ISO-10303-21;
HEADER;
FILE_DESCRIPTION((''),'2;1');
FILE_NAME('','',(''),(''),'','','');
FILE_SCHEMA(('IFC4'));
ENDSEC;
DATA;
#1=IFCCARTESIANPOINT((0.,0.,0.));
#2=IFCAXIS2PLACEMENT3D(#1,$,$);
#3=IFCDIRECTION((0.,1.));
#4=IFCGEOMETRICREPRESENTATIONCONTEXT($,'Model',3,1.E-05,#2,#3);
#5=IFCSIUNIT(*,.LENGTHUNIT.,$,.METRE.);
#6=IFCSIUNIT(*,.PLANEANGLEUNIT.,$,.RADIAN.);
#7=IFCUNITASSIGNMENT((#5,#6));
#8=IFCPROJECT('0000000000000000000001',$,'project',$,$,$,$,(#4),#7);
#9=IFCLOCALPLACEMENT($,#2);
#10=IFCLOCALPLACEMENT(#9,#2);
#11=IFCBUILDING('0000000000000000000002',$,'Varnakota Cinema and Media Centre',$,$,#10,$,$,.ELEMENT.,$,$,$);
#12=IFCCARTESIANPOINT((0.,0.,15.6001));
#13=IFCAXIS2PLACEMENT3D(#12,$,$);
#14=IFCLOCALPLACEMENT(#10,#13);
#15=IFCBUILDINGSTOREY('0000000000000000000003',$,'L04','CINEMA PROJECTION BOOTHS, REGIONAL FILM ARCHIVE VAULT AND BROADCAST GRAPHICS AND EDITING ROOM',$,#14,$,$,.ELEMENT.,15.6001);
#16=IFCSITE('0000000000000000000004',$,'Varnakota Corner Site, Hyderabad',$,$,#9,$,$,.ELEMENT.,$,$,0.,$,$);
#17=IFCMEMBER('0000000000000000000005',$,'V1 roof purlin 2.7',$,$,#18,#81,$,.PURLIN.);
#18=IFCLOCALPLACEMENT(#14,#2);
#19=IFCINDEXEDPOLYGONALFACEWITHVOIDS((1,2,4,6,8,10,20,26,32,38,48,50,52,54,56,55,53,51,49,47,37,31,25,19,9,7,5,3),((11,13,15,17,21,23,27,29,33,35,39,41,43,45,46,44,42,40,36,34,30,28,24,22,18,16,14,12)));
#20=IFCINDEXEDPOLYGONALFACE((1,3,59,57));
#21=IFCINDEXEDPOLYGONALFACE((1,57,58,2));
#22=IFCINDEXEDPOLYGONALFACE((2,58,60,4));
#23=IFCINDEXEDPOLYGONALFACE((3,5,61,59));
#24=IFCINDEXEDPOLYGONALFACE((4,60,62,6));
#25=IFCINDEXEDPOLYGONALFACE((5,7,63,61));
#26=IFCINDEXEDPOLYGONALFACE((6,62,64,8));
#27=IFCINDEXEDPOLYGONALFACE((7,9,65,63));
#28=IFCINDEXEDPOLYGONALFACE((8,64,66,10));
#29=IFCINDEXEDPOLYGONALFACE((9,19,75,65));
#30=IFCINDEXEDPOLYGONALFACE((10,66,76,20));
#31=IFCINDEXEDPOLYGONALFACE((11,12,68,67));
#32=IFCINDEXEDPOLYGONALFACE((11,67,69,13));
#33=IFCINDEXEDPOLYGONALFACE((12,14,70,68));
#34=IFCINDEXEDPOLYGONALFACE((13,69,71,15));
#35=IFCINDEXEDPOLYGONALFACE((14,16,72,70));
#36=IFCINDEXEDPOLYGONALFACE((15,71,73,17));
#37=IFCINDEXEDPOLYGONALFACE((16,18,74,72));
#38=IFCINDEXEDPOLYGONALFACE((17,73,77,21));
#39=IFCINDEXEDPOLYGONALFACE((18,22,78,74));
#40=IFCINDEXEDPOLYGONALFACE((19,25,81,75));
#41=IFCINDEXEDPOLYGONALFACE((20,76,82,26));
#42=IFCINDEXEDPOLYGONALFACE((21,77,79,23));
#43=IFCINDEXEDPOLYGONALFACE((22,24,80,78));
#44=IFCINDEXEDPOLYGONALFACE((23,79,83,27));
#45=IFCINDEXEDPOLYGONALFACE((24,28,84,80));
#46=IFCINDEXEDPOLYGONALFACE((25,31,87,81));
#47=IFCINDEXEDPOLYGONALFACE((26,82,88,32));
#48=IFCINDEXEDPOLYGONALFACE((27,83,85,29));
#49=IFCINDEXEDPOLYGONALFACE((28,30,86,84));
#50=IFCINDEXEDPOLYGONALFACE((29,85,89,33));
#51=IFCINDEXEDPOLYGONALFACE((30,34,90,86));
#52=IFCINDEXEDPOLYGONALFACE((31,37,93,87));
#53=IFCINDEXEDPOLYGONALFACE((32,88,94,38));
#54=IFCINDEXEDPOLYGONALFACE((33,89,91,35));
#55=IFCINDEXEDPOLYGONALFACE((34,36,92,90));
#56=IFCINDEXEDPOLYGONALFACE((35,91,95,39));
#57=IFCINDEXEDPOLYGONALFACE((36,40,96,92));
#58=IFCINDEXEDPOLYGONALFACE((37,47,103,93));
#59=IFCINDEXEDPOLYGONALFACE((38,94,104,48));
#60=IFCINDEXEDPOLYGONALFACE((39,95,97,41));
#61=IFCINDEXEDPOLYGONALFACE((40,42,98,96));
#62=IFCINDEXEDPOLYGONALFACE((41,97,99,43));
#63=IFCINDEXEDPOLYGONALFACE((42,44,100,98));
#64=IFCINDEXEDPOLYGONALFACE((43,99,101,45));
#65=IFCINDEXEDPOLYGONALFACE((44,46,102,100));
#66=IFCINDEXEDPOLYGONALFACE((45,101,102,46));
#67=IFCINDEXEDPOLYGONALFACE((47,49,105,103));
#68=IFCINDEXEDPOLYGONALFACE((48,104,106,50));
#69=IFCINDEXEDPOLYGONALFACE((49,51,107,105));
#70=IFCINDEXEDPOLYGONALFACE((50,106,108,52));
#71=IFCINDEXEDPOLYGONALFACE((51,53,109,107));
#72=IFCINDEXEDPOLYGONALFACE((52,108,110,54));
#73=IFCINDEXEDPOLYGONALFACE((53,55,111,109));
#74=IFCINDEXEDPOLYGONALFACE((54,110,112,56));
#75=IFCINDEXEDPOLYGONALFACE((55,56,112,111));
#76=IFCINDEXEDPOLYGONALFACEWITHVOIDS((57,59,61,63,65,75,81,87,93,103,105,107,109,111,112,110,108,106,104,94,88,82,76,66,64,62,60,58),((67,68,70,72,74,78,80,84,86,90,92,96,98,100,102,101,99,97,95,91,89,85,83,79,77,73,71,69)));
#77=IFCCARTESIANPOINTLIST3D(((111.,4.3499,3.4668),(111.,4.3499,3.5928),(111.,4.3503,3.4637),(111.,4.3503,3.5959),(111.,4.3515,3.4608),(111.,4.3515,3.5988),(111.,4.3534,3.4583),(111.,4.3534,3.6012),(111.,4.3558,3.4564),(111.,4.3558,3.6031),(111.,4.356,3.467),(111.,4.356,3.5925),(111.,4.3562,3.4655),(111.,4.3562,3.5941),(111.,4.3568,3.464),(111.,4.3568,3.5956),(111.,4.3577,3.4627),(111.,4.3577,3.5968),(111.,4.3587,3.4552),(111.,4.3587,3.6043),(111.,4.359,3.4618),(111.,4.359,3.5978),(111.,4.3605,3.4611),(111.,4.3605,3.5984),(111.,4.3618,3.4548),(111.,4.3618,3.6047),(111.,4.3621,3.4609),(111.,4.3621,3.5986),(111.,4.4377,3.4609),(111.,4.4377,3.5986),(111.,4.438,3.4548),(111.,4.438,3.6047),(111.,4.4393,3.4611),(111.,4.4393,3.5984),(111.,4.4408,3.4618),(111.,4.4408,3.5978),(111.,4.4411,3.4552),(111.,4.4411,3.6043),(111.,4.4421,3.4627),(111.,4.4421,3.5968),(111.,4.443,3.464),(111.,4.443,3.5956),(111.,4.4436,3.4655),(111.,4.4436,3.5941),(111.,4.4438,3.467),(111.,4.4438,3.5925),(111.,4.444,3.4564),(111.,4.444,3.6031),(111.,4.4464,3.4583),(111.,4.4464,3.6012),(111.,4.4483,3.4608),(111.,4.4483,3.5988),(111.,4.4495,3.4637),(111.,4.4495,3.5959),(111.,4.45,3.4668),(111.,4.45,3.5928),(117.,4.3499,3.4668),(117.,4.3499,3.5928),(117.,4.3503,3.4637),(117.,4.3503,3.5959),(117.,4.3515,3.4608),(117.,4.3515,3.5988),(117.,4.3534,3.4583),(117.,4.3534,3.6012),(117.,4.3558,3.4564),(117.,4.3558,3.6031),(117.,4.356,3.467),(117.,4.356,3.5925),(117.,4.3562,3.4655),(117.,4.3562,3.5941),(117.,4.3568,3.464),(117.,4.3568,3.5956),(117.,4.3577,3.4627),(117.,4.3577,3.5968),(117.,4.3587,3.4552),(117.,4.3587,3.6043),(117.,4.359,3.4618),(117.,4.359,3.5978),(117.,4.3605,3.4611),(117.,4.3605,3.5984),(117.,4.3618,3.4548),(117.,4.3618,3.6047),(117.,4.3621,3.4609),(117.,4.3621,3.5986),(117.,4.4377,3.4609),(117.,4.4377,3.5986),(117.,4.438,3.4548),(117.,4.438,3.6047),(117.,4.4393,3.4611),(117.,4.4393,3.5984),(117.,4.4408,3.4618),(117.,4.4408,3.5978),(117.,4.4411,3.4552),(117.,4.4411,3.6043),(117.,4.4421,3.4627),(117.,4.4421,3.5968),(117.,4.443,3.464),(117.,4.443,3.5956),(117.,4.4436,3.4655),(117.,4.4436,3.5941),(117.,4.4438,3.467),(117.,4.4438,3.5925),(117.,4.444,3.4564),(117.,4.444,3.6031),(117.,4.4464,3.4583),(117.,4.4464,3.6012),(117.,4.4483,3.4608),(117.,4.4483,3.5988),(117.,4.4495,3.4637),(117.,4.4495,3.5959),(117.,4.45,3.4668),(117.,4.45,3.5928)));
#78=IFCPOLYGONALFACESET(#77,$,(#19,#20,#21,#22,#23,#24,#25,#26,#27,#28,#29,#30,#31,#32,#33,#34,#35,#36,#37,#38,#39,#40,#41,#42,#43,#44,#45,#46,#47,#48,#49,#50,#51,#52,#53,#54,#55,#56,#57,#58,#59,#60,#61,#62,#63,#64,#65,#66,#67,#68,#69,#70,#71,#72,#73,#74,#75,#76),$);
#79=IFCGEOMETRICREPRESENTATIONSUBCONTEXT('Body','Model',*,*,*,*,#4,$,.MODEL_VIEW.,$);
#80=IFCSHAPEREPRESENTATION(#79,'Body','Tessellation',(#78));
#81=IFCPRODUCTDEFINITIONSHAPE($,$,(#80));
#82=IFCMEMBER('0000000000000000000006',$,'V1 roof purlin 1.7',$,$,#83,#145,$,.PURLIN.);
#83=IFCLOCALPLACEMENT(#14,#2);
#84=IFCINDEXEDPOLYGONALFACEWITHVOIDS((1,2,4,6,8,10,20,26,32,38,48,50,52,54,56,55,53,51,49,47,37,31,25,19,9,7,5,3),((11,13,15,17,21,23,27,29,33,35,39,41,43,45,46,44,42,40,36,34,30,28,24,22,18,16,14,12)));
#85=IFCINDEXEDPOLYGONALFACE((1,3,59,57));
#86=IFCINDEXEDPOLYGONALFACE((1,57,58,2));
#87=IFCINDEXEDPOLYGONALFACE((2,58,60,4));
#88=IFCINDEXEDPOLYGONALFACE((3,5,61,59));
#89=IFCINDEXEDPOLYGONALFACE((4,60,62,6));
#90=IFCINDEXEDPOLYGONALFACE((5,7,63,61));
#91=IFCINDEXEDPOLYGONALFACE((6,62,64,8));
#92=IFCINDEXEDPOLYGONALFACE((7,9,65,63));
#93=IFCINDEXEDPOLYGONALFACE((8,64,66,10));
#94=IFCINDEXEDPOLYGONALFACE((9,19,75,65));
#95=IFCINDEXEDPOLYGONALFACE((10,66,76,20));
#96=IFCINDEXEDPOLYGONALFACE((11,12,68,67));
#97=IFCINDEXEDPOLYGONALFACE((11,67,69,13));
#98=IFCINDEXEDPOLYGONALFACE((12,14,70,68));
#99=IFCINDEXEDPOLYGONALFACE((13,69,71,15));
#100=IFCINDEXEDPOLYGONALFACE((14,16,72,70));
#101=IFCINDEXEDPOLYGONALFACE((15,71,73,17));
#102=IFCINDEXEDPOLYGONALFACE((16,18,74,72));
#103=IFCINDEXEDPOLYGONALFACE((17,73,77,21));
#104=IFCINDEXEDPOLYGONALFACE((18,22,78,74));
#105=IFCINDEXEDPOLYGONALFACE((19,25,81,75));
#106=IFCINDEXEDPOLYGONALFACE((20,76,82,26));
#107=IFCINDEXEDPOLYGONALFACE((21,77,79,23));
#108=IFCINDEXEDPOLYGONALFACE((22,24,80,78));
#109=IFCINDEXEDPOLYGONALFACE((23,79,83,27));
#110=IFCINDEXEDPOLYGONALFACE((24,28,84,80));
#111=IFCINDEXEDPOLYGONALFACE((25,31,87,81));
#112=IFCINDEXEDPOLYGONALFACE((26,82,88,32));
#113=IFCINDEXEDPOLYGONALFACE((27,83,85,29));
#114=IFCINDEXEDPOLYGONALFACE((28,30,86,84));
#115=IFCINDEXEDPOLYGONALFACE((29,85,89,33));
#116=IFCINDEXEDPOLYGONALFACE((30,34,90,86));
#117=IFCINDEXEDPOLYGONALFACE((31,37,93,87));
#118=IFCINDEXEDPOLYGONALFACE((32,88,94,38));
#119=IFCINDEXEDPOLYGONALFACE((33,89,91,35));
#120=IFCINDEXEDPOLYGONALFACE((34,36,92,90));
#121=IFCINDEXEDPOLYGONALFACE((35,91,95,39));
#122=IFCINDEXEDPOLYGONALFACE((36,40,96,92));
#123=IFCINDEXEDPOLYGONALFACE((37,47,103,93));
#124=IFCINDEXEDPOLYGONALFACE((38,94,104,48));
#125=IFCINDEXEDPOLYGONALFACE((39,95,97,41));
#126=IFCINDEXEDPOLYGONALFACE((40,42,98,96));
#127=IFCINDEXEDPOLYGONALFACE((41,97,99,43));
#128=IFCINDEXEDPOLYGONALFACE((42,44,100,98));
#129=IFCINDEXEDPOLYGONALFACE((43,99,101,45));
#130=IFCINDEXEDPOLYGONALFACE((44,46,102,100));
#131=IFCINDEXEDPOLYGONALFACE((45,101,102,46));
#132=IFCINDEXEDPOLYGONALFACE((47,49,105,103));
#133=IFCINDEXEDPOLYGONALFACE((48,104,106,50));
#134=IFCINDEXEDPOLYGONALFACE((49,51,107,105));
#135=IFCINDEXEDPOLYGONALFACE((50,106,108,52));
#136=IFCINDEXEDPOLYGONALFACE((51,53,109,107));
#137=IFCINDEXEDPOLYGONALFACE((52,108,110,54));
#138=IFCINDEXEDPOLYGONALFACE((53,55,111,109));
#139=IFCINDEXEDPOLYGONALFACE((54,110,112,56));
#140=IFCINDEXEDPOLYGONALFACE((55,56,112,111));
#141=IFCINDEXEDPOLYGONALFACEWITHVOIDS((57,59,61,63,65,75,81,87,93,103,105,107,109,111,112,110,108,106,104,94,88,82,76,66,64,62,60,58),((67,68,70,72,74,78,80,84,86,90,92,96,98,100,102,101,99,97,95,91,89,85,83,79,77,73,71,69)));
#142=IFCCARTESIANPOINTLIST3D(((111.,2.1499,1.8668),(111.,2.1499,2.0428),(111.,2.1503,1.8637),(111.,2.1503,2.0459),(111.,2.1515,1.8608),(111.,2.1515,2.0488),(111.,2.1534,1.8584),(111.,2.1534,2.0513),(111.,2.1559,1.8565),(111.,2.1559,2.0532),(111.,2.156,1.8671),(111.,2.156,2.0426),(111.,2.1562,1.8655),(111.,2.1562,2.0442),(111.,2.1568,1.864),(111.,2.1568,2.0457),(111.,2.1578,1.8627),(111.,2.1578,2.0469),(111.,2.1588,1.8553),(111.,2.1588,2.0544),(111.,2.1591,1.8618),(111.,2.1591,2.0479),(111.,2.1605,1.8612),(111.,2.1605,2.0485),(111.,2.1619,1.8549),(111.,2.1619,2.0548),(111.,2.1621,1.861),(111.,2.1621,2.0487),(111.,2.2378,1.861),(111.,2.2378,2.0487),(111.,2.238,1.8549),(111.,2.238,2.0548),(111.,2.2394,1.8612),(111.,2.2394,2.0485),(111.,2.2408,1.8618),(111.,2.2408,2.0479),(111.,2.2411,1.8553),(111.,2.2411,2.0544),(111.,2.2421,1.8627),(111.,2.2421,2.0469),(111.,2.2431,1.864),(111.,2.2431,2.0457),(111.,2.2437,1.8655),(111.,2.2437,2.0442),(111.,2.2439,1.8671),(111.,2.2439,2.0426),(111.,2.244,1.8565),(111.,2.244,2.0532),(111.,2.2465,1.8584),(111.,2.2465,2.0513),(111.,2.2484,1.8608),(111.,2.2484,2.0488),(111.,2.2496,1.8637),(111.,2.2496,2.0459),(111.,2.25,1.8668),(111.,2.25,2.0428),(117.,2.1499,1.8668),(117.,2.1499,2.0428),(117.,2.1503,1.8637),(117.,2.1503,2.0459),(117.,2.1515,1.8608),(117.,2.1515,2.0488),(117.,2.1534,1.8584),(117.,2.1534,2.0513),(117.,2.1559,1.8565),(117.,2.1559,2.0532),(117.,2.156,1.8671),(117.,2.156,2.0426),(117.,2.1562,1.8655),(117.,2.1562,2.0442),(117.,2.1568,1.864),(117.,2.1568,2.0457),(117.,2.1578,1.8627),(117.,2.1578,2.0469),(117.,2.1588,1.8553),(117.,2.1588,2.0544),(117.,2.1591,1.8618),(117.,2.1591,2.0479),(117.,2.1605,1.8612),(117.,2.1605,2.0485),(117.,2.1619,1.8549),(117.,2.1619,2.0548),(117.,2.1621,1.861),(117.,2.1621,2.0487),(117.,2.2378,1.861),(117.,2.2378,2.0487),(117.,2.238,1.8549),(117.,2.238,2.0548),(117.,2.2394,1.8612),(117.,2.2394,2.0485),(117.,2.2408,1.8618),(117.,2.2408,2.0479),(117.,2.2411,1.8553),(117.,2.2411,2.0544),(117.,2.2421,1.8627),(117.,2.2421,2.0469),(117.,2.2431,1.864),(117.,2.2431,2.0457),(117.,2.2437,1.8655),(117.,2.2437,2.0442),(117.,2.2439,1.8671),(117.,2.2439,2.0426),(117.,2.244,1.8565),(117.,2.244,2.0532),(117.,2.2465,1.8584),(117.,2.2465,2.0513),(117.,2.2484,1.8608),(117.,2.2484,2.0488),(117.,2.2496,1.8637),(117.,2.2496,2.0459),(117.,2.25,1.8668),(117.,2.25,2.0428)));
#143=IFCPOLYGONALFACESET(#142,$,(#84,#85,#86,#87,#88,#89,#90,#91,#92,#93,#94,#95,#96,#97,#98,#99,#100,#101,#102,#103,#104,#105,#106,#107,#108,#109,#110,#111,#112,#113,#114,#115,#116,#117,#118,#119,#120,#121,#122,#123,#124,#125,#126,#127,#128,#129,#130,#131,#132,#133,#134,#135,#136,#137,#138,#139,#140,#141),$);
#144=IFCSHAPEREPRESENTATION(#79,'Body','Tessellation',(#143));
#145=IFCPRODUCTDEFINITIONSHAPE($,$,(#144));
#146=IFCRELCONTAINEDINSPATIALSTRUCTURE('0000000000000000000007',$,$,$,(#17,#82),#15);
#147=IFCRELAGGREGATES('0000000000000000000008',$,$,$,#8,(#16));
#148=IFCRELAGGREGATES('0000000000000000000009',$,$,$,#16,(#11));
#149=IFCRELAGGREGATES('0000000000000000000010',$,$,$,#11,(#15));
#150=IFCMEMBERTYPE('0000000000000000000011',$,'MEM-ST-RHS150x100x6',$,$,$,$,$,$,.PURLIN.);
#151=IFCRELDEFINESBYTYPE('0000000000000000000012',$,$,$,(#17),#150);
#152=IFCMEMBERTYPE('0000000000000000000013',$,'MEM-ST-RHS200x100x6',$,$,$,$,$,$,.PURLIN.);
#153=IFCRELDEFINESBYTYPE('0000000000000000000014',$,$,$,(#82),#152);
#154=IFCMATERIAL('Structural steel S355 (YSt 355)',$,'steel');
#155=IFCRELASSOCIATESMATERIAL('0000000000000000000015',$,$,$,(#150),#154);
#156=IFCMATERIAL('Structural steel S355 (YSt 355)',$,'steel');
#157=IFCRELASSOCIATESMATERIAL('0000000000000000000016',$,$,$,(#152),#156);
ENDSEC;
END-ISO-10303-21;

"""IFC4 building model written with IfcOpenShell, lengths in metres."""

from ifc_helpers import new_model, si_unit, direction, frame, origin, origin_2d, place, context, subcontext, project, spatial, hollow_rectangle, extrude, material, material_profile, profile_set, type_object, element, save


model = new_model("IFC4")

# Units and contexts
model_context = context("Model", 3, precision=1e-05, world=origin(), true_north=direction((0.0, 1.0)))
body_context = subcontext(model_context, "Body", "Model", "MODEL_VIEW")
ifc_project = project(units=[si_unit("LENGTHUNIT", "METRE"), si_unit("PLANEANGLEUNIT", "RADIAN")], contexts=[model_context])

# Site, building, storey
site_placement = place(None, origin())
site = spatial("IfcSite", under=ifc_project, at=site_placement, Name="Varnakota Corner Site, Hyderabad", CompositionType="ELEMENT", RefElevation=0.0)
building_placement = place(site_placement, origin())
building = spatial("IfcBuilding", under=site, at=building_placement, Name="Varnakota Cinema and Media Centre", CompositionType="ELEMENT")
storey_placement = place(building_placement, frame((0.0, 0.0, 15.6001)))
storey = spatial("IfcBuildingStorey", under=building, at=storey_placement, Name="L04", Description="CINEMA PROJECTION BOOTHS, REGIONAL FILM ARCHIVE VAULT AND BROADCAST GRAPHICS AND EDITING ROOM", CompositionType="ELEMENT", Elevation=15.6001)

# Members
ifc_material_1 = material(Name="Structural steel S355 (YSt 355)", Category="steel")
ifc_material_profile_1 = material_profile(ifc_material_1, hollow_rectangle(XDim=0.1001, YDim=0.1499, WallThickness=0.0061, InnerFilletRadius=0.0061, OuterFilletRadius=0.012, at=origin_2d()), Name="RHS 150x100x6")
ifc_profile_set_1 = profile_set([ifc_material_profile_1], Name="Structural steel S355 (YSt 355)")
member_type_1 = type_object("IfcMemberType", Name="MEM-ST-RHS150x100x6", PredefinedType="PURLIN", material=ifc_profile_set_1)
member_1_placement = place(storey_placement, frame((111.0, 4.3999, 3.5298), z_axis=(1.0, 0.0, 0.0), x_axis=(0.0, 1.0, 0.0)))
element("IfcMember", 1, at=member_1_placement, inside=storey, type_object=member_type_1, Name="V1 roof purlin 2.7", PredefinedType="PURLIN", context=body_context, shape_type="SweptSolid", body=[
    extrude(hollow_rectangle(XDim=0.1001, YDim=0.1499, WallThickness=0.0061, InnerFilletRadius=0.0061, OuterFilletRadius=0.012, at=origin_2d()), origin(), (0.0, 0.0, 1.0), 6.0),
])
ifc_material_2 = material(Name="Structural steel S355 (YSt 355)", Category="steel")
ifc_material_profile_2 = material_profile(ifc_material_2, hollow_rectangle(XDim=0.1001, YDim=0.2, WallThickness=0.0061, InnerFilletRadius=0.0061, OuterFilletRadius=0.012, at=origin_2d()), Name="RHS 200x100x6")
ifc_profile_set_2 = profile_set([ifc_material_profile_2], Name="Structural steel S355 (YSt 355)")
member_type_2 = type_object("IfcMemberType", Name="MEM-ST-RHS200x100x6", PredefinedType="PURLIN", material=ifc_profile_set_2)
for number, where, z_axis, x_axis, name in (
    (2, (111.0, 2.2, 1.9548), (1.0, 0.0, 0.0), (0.0, 1.0, 0.0), "V1 roof purlin 1.7"),
):
    element("IfcMember", number, at=place(storey_placement, frame(where, z_axis=z_axis, x_axis=x_axis)), inside=storey, type_object=member_type_2, Name=name, PredefinedType="PURLIN", context=body_context, shape_type="SweptSolid", body=[
        extrude(hollow_rectangle(XDim=0.1001, YDim=0.2, WallThickness=0.0061, InnerFilletRadius=0.0061, OuterFilletRadius=0.012, at=origin_2d()), origin(), (0.0, 0.0, 1.0), 6.0),
    ])

save(model, "model.ifc")
